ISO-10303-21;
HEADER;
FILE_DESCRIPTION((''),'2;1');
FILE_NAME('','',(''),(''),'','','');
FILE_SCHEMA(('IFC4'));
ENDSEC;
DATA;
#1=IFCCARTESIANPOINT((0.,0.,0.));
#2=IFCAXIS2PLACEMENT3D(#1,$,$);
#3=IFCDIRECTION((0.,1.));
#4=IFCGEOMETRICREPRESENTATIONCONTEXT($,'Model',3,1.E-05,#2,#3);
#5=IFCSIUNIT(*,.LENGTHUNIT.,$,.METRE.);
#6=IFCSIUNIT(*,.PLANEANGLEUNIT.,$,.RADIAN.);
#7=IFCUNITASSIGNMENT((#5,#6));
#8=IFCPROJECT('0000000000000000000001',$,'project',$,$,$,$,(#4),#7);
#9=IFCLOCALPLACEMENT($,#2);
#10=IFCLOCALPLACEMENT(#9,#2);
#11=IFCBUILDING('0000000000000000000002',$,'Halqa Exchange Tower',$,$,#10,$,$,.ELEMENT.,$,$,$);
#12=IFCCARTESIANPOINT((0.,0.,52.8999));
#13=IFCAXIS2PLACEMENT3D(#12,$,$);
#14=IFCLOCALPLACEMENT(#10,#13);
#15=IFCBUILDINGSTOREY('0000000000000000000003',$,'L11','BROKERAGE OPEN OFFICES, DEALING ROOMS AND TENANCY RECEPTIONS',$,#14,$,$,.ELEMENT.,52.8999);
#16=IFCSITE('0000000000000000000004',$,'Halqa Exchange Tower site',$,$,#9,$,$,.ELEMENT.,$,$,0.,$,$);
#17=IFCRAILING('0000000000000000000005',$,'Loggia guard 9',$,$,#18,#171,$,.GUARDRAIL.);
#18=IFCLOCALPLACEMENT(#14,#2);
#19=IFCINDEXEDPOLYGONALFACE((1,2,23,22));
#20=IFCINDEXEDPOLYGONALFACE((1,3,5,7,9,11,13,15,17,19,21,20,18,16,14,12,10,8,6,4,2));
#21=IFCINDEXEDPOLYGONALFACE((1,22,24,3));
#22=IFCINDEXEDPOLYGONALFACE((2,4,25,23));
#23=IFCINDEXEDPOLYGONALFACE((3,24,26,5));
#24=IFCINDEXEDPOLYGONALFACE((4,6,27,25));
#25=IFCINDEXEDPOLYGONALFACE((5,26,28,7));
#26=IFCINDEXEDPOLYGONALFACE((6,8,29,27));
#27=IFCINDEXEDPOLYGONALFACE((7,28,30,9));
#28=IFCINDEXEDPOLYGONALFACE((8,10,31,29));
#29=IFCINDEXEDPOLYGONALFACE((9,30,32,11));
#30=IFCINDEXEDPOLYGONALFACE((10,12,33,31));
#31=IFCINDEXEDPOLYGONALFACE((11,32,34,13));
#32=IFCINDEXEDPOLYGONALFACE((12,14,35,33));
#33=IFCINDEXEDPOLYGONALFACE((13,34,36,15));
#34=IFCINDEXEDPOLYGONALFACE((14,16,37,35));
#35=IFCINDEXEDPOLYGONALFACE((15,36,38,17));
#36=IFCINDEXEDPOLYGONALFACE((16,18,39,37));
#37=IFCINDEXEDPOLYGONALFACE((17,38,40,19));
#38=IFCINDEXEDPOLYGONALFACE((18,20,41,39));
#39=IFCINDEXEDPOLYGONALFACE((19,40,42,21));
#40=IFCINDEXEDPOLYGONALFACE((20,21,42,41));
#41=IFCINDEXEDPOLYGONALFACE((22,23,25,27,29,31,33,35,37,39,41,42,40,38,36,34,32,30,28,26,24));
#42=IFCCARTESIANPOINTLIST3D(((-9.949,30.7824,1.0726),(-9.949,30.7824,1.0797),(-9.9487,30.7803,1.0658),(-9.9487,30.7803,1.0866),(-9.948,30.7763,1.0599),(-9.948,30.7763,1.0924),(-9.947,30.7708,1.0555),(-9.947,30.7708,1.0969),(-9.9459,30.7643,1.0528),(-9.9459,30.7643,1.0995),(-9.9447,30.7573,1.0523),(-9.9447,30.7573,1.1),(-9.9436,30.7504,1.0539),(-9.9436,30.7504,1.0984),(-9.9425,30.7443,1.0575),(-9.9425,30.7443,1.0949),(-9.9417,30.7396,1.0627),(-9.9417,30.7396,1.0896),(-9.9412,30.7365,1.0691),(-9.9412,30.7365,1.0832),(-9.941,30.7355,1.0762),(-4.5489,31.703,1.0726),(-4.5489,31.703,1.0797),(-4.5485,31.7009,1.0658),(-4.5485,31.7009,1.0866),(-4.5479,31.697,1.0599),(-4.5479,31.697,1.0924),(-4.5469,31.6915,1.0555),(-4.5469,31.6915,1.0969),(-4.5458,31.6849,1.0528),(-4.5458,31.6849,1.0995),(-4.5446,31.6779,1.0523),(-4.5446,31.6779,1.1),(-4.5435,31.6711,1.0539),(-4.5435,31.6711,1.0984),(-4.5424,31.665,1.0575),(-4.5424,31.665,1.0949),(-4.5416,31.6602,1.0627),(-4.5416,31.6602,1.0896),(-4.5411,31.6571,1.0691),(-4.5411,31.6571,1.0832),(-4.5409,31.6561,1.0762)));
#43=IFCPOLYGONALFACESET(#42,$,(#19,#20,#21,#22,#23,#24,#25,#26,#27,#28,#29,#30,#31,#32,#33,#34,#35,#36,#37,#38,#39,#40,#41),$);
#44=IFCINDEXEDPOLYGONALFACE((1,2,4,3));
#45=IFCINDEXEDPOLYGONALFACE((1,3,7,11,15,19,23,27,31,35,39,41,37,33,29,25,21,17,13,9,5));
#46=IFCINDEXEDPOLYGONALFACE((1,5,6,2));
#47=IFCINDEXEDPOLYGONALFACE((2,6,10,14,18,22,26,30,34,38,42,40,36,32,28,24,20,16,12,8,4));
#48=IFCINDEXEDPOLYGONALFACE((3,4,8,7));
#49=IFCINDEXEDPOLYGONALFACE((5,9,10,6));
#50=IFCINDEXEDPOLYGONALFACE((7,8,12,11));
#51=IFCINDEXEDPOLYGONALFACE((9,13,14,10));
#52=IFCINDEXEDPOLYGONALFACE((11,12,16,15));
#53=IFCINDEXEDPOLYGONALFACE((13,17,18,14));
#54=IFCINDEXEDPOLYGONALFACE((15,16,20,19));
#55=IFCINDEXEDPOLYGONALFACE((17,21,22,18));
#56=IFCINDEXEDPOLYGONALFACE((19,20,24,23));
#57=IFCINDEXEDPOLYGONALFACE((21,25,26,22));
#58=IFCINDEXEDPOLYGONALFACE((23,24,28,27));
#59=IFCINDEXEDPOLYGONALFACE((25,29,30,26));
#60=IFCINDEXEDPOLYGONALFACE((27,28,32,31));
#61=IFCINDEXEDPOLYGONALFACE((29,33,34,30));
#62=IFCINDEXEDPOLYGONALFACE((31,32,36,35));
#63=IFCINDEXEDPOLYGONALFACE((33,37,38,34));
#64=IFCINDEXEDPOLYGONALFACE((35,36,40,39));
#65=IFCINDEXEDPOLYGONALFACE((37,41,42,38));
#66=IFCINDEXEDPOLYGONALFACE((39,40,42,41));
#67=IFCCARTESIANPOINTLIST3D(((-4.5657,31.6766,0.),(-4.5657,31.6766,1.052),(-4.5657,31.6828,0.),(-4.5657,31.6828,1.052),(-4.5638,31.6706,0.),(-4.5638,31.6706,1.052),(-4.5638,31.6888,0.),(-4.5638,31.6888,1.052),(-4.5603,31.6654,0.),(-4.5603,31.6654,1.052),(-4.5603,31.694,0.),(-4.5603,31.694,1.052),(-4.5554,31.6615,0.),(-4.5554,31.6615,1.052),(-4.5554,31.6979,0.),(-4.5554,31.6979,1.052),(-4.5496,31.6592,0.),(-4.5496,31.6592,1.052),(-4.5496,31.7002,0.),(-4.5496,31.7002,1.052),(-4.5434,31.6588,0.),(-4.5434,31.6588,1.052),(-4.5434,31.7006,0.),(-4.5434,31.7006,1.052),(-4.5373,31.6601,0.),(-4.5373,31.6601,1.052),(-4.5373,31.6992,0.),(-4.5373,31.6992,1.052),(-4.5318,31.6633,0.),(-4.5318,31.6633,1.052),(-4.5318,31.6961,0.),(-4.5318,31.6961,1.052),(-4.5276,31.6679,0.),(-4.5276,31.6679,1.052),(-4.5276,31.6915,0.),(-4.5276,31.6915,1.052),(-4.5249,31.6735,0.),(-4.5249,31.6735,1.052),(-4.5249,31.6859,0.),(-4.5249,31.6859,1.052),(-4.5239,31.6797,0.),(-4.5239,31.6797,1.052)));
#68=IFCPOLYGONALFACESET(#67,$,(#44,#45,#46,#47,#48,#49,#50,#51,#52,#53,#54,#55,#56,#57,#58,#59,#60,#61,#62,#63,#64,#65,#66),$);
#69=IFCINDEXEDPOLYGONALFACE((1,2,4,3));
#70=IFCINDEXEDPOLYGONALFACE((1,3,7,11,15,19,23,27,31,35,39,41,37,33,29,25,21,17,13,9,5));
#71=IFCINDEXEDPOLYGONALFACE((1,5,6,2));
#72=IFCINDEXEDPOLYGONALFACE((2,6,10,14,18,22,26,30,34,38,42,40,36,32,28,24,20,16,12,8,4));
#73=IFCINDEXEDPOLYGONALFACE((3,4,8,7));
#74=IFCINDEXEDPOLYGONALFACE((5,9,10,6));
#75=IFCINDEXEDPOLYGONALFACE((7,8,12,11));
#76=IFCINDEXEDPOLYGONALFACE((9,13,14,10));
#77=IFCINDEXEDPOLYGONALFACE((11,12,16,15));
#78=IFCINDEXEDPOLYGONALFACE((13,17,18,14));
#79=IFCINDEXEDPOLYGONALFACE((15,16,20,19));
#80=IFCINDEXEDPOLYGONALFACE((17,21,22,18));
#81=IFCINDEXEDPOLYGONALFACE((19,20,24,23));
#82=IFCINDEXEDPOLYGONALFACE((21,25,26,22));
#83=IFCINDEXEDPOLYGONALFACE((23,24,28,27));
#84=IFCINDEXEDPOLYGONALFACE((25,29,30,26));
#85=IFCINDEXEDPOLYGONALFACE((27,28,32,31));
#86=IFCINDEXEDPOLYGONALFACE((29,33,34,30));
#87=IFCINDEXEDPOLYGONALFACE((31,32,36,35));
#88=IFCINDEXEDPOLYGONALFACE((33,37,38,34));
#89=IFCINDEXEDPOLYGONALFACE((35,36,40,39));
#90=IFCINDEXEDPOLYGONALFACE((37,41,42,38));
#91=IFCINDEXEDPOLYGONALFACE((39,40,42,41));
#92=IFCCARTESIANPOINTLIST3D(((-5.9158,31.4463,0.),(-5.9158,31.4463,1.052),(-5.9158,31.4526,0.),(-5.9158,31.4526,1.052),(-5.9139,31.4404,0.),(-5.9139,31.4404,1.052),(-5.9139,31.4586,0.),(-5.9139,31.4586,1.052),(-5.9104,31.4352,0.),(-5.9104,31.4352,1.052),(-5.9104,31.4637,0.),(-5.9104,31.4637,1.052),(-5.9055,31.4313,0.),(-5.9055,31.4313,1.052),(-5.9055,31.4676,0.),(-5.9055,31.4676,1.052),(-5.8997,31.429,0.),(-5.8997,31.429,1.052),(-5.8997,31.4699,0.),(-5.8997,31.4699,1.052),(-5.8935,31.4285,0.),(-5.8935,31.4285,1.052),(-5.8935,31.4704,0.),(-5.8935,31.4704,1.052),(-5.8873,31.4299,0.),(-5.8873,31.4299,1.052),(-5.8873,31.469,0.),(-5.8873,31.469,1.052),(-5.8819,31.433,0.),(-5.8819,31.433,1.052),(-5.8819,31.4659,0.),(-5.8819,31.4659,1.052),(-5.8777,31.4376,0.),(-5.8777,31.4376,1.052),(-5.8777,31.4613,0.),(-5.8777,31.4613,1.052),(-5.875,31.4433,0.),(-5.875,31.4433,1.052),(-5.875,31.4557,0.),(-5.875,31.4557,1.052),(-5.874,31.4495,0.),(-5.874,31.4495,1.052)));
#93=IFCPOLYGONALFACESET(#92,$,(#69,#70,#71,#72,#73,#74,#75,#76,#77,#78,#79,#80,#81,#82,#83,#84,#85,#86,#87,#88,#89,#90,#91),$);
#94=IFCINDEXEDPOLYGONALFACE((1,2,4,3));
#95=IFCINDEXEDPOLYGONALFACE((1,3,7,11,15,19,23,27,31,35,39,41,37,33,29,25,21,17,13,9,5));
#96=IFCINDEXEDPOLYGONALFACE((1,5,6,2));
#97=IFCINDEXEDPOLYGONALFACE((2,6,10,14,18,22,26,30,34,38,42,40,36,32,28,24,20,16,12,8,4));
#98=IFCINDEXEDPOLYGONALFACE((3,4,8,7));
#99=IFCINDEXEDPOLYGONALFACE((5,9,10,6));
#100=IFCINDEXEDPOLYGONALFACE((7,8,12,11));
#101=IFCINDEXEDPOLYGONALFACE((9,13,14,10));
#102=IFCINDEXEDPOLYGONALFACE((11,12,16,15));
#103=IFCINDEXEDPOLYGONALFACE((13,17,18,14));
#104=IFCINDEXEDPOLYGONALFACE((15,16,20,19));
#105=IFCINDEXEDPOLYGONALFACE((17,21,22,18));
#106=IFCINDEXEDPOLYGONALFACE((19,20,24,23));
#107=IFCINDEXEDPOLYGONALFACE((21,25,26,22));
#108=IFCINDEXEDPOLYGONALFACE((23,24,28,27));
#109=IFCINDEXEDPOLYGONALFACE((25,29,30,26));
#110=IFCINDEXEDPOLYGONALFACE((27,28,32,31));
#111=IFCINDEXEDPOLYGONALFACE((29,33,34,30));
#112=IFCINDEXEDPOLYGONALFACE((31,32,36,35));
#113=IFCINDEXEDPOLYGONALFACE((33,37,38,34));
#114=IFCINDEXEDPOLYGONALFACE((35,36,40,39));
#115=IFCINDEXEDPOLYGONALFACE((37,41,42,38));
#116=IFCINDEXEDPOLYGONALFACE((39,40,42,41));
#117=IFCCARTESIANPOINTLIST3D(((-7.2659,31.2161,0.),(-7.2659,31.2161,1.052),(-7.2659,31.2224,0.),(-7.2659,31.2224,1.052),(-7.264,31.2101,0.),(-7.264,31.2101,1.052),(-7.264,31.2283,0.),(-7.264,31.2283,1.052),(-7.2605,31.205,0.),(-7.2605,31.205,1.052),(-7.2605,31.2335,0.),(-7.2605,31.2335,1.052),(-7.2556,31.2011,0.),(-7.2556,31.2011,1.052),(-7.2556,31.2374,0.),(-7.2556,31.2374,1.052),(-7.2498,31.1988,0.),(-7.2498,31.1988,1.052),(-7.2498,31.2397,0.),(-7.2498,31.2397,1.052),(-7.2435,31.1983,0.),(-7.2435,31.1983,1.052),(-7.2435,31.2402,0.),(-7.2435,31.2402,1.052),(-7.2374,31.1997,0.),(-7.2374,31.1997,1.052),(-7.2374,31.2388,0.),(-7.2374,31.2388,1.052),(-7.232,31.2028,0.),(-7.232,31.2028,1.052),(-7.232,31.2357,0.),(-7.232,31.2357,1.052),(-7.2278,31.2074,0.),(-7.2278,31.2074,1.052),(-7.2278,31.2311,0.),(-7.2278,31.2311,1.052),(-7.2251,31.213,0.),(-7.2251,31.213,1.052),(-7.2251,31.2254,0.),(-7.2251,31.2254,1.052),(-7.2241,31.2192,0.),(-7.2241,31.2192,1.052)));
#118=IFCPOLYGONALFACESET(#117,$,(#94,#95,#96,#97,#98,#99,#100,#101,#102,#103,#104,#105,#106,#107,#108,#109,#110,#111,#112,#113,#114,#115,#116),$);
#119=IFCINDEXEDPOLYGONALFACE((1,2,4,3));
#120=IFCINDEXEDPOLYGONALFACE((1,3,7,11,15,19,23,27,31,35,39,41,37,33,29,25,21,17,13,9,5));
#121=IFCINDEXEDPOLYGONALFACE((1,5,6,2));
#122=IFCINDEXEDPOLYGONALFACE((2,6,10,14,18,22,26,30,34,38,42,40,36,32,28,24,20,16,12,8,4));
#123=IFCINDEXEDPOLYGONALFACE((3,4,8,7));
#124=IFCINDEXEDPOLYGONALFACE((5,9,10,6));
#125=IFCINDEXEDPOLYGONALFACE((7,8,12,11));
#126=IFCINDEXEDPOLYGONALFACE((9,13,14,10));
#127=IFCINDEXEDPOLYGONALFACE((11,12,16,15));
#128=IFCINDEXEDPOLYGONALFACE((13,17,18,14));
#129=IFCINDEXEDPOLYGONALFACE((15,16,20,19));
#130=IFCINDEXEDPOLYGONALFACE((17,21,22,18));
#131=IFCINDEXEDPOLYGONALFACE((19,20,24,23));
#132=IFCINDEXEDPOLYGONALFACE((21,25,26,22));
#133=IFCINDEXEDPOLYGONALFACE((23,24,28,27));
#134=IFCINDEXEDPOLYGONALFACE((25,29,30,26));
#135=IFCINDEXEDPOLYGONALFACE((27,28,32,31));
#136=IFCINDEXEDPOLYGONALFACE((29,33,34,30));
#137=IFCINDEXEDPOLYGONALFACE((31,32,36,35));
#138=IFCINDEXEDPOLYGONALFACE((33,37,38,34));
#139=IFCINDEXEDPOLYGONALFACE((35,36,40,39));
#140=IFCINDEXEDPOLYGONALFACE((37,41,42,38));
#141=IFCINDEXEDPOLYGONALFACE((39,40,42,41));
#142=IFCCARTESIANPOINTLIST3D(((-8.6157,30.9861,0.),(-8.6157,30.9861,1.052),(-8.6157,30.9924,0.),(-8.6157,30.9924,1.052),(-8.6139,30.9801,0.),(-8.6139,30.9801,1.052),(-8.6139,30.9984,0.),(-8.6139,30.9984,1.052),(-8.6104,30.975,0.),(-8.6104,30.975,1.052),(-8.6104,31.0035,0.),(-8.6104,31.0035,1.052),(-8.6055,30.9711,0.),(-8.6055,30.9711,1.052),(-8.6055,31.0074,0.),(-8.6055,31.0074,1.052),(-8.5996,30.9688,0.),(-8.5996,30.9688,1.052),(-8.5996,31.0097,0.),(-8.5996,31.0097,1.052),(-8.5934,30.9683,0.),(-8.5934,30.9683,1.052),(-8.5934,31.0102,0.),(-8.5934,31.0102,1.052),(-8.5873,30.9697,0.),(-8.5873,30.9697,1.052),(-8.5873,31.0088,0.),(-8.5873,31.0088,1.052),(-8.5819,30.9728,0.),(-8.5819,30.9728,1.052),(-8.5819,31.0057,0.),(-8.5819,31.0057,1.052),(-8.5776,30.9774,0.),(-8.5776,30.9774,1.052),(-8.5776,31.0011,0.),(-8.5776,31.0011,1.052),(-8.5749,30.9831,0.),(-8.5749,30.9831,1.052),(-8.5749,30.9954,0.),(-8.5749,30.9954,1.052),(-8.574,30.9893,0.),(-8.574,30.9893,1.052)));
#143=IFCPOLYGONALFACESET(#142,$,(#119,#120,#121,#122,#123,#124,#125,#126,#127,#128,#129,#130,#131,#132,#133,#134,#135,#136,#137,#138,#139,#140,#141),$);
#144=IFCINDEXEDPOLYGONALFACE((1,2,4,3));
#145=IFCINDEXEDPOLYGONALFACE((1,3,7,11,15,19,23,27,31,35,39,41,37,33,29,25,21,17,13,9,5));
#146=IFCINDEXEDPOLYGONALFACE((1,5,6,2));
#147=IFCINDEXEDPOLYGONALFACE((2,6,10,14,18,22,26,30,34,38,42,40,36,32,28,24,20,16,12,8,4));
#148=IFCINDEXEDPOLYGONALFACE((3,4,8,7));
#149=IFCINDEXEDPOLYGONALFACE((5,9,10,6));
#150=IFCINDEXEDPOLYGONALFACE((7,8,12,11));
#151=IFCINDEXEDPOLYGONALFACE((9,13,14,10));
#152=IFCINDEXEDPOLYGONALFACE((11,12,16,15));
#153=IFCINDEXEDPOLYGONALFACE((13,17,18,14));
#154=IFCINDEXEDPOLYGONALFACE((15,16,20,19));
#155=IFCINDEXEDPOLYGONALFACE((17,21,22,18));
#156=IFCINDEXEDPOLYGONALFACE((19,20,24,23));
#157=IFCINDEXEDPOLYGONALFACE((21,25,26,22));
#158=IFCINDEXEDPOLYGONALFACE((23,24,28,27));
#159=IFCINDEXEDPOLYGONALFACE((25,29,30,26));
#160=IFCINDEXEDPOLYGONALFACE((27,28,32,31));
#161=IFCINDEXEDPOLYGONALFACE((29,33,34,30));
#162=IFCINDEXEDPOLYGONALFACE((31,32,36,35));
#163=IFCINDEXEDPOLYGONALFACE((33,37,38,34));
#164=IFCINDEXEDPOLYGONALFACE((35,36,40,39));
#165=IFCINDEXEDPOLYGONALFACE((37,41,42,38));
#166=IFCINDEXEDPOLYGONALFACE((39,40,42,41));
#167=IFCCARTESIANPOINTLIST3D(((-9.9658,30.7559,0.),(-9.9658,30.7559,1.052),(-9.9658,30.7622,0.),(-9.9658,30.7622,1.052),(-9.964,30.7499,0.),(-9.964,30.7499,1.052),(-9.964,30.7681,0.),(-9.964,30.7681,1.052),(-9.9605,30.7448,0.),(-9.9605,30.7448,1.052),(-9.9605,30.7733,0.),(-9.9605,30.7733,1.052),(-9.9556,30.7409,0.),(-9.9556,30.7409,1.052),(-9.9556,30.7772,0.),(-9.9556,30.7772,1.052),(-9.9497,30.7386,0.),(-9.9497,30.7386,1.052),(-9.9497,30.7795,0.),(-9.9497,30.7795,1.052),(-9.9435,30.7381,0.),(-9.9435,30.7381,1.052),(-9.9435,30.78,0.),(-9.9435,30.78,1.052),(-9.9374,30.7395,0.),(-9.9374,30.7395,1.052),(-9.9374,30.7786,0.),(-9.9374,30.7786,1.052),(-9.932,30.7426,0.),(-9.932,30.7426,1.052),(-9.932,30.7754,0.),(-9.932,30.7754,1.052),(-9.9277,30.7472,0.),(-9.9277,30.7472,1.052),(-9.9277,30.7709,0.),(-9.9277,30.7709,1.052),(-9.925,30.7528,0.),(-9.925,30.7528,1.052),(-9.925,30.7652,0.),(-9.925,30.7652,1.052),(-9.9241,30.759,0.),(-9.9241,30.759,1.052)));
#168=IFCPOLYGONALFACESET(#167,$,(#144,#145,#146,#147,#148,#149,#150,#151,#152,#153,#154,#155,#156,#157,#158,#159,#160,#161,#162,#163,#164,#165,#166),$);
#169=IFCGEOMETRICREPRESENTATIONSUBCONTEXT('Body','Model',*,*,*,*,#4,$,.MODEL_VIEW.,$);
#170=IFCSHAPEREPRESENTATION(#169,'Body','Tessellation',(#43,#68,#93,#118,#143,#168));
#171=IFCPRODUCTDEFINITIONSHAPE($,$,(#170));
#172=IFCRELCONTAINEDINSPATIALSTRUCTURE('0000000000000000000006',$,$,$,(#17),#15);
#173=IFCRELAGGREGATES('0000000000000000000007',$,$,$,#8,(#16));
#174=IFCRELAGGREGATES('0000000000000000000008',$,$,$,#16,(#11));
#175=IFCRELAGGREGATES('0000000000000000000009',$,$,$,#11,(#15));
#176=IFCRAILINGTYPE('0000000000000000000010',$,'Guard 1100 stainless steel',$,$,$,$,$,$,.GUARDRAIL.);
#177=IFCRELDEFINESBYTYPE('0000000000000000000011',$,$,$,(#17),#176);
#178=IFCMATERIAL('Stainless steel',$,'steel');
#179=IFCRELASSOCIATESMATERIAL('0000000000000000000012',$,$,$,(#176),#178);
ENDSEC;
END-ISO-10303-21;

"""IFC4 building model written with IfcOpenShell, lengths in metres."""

from ifc_helpers import new_model, si_unit, direction, frame, origin, origin_2d, place, context, subcontext, project, spatial, circle, extrude, material, type_object, element, save


model = new_model("IFC4")

# Units and contexts
model_context = context("Model", 3, precision=1e-05, world=origin(), true_north=direction((0.0, 1.0)))
body_context = subcontext(model_context, "Body", "Model", "MODEL_VIEW")
ifc_project = project(units=[si_unit("LENGTHUNIT", "METRE"), si_unit("PLANEANGLEUNIT", "RADIAN")], contexts=[model_context])

# Site, building, storey
site_placement = place(None, origin())
site = spatial("IfcSite", under=ifc_project, at=site_placement, Name="Halqa Exchange Tower site", CompositionType="ELEMENT", RefElevation=0.0)
building_placement = place(site_placement, origin())
building = spatial("IfcBuilding", under=site, at=building_placement, Name="Halqa Exchange Tower", CompositionType="ELEMENT")
storey_placement = place(building_placement, frame((0.0, 0.0, 52.8999)))
storey = spatial("IfcBuildingStorey", under=building, at=storey_placement, Name="L11", Description="BROKERAGE OPEN OFFICES, DEALING ROOMS AND TENANCY RECEPTIONS", CompositionType="ELEMENT", Elevation=52.8999)

# Railing
ifc_material_1 = material(Name="Stainless steel", Category="steel")
railing_type_1 = type_object("IfcRailingType", Name="Guard 1100 stainless steel", PredefinedType="GUARDRAIL", material=ifc_material_1)
railing_1_placement = place(storey_placement, frame((-4.5449, 31.6797, 0.0)))
element("IfcRailing", 1, at=railing_1_placement, inside=storey, type_object=railing_type_1, Name="Loggia guard 9", PredefinedType="GUARDRAIL", context=body_context, shape_type="SweptSolid", body=[
    extrude(circle(Radius=0.0239, at=origin_2d()), frame((0.0, 0.0, 1.0762), z_axis=(-0.985776, -0.168062, 0.0), x_axis=(0.168062, -0.985776, 0.0)), (0.0, 0.0, 1.0), 5.478),
    extrude(circle(Radius=0.021, at=origin_2d()), origin(), (0.0, 0.0, 1.0), 1.052),
    extrude(circle(Radius=0.021, at=origin_2d()), frame((-1.3501, -0.2302, 0.0)), (0.0, 0.0, 1.0), 1.052),
    extrude(circle(Radius=0.021, at=origin_2d()), frame((-2.7002, -0.4604, 0.0)), (0.0, 0.0, 1.0), 1.052),
    extrude(circle(Radius=0.021, at=origin_2d()), frame((-4.05, -0.6904, 0.0)), (0.0, 0.0, 1.0), 1.052),
    extrude(circle(Radius=0.021, at=origin_2d()), frame((-5.4001, -0.9207, 0.0)), (0.0, 0.0, 1.0), 1.052),
])

save(model, "model.ifc")
